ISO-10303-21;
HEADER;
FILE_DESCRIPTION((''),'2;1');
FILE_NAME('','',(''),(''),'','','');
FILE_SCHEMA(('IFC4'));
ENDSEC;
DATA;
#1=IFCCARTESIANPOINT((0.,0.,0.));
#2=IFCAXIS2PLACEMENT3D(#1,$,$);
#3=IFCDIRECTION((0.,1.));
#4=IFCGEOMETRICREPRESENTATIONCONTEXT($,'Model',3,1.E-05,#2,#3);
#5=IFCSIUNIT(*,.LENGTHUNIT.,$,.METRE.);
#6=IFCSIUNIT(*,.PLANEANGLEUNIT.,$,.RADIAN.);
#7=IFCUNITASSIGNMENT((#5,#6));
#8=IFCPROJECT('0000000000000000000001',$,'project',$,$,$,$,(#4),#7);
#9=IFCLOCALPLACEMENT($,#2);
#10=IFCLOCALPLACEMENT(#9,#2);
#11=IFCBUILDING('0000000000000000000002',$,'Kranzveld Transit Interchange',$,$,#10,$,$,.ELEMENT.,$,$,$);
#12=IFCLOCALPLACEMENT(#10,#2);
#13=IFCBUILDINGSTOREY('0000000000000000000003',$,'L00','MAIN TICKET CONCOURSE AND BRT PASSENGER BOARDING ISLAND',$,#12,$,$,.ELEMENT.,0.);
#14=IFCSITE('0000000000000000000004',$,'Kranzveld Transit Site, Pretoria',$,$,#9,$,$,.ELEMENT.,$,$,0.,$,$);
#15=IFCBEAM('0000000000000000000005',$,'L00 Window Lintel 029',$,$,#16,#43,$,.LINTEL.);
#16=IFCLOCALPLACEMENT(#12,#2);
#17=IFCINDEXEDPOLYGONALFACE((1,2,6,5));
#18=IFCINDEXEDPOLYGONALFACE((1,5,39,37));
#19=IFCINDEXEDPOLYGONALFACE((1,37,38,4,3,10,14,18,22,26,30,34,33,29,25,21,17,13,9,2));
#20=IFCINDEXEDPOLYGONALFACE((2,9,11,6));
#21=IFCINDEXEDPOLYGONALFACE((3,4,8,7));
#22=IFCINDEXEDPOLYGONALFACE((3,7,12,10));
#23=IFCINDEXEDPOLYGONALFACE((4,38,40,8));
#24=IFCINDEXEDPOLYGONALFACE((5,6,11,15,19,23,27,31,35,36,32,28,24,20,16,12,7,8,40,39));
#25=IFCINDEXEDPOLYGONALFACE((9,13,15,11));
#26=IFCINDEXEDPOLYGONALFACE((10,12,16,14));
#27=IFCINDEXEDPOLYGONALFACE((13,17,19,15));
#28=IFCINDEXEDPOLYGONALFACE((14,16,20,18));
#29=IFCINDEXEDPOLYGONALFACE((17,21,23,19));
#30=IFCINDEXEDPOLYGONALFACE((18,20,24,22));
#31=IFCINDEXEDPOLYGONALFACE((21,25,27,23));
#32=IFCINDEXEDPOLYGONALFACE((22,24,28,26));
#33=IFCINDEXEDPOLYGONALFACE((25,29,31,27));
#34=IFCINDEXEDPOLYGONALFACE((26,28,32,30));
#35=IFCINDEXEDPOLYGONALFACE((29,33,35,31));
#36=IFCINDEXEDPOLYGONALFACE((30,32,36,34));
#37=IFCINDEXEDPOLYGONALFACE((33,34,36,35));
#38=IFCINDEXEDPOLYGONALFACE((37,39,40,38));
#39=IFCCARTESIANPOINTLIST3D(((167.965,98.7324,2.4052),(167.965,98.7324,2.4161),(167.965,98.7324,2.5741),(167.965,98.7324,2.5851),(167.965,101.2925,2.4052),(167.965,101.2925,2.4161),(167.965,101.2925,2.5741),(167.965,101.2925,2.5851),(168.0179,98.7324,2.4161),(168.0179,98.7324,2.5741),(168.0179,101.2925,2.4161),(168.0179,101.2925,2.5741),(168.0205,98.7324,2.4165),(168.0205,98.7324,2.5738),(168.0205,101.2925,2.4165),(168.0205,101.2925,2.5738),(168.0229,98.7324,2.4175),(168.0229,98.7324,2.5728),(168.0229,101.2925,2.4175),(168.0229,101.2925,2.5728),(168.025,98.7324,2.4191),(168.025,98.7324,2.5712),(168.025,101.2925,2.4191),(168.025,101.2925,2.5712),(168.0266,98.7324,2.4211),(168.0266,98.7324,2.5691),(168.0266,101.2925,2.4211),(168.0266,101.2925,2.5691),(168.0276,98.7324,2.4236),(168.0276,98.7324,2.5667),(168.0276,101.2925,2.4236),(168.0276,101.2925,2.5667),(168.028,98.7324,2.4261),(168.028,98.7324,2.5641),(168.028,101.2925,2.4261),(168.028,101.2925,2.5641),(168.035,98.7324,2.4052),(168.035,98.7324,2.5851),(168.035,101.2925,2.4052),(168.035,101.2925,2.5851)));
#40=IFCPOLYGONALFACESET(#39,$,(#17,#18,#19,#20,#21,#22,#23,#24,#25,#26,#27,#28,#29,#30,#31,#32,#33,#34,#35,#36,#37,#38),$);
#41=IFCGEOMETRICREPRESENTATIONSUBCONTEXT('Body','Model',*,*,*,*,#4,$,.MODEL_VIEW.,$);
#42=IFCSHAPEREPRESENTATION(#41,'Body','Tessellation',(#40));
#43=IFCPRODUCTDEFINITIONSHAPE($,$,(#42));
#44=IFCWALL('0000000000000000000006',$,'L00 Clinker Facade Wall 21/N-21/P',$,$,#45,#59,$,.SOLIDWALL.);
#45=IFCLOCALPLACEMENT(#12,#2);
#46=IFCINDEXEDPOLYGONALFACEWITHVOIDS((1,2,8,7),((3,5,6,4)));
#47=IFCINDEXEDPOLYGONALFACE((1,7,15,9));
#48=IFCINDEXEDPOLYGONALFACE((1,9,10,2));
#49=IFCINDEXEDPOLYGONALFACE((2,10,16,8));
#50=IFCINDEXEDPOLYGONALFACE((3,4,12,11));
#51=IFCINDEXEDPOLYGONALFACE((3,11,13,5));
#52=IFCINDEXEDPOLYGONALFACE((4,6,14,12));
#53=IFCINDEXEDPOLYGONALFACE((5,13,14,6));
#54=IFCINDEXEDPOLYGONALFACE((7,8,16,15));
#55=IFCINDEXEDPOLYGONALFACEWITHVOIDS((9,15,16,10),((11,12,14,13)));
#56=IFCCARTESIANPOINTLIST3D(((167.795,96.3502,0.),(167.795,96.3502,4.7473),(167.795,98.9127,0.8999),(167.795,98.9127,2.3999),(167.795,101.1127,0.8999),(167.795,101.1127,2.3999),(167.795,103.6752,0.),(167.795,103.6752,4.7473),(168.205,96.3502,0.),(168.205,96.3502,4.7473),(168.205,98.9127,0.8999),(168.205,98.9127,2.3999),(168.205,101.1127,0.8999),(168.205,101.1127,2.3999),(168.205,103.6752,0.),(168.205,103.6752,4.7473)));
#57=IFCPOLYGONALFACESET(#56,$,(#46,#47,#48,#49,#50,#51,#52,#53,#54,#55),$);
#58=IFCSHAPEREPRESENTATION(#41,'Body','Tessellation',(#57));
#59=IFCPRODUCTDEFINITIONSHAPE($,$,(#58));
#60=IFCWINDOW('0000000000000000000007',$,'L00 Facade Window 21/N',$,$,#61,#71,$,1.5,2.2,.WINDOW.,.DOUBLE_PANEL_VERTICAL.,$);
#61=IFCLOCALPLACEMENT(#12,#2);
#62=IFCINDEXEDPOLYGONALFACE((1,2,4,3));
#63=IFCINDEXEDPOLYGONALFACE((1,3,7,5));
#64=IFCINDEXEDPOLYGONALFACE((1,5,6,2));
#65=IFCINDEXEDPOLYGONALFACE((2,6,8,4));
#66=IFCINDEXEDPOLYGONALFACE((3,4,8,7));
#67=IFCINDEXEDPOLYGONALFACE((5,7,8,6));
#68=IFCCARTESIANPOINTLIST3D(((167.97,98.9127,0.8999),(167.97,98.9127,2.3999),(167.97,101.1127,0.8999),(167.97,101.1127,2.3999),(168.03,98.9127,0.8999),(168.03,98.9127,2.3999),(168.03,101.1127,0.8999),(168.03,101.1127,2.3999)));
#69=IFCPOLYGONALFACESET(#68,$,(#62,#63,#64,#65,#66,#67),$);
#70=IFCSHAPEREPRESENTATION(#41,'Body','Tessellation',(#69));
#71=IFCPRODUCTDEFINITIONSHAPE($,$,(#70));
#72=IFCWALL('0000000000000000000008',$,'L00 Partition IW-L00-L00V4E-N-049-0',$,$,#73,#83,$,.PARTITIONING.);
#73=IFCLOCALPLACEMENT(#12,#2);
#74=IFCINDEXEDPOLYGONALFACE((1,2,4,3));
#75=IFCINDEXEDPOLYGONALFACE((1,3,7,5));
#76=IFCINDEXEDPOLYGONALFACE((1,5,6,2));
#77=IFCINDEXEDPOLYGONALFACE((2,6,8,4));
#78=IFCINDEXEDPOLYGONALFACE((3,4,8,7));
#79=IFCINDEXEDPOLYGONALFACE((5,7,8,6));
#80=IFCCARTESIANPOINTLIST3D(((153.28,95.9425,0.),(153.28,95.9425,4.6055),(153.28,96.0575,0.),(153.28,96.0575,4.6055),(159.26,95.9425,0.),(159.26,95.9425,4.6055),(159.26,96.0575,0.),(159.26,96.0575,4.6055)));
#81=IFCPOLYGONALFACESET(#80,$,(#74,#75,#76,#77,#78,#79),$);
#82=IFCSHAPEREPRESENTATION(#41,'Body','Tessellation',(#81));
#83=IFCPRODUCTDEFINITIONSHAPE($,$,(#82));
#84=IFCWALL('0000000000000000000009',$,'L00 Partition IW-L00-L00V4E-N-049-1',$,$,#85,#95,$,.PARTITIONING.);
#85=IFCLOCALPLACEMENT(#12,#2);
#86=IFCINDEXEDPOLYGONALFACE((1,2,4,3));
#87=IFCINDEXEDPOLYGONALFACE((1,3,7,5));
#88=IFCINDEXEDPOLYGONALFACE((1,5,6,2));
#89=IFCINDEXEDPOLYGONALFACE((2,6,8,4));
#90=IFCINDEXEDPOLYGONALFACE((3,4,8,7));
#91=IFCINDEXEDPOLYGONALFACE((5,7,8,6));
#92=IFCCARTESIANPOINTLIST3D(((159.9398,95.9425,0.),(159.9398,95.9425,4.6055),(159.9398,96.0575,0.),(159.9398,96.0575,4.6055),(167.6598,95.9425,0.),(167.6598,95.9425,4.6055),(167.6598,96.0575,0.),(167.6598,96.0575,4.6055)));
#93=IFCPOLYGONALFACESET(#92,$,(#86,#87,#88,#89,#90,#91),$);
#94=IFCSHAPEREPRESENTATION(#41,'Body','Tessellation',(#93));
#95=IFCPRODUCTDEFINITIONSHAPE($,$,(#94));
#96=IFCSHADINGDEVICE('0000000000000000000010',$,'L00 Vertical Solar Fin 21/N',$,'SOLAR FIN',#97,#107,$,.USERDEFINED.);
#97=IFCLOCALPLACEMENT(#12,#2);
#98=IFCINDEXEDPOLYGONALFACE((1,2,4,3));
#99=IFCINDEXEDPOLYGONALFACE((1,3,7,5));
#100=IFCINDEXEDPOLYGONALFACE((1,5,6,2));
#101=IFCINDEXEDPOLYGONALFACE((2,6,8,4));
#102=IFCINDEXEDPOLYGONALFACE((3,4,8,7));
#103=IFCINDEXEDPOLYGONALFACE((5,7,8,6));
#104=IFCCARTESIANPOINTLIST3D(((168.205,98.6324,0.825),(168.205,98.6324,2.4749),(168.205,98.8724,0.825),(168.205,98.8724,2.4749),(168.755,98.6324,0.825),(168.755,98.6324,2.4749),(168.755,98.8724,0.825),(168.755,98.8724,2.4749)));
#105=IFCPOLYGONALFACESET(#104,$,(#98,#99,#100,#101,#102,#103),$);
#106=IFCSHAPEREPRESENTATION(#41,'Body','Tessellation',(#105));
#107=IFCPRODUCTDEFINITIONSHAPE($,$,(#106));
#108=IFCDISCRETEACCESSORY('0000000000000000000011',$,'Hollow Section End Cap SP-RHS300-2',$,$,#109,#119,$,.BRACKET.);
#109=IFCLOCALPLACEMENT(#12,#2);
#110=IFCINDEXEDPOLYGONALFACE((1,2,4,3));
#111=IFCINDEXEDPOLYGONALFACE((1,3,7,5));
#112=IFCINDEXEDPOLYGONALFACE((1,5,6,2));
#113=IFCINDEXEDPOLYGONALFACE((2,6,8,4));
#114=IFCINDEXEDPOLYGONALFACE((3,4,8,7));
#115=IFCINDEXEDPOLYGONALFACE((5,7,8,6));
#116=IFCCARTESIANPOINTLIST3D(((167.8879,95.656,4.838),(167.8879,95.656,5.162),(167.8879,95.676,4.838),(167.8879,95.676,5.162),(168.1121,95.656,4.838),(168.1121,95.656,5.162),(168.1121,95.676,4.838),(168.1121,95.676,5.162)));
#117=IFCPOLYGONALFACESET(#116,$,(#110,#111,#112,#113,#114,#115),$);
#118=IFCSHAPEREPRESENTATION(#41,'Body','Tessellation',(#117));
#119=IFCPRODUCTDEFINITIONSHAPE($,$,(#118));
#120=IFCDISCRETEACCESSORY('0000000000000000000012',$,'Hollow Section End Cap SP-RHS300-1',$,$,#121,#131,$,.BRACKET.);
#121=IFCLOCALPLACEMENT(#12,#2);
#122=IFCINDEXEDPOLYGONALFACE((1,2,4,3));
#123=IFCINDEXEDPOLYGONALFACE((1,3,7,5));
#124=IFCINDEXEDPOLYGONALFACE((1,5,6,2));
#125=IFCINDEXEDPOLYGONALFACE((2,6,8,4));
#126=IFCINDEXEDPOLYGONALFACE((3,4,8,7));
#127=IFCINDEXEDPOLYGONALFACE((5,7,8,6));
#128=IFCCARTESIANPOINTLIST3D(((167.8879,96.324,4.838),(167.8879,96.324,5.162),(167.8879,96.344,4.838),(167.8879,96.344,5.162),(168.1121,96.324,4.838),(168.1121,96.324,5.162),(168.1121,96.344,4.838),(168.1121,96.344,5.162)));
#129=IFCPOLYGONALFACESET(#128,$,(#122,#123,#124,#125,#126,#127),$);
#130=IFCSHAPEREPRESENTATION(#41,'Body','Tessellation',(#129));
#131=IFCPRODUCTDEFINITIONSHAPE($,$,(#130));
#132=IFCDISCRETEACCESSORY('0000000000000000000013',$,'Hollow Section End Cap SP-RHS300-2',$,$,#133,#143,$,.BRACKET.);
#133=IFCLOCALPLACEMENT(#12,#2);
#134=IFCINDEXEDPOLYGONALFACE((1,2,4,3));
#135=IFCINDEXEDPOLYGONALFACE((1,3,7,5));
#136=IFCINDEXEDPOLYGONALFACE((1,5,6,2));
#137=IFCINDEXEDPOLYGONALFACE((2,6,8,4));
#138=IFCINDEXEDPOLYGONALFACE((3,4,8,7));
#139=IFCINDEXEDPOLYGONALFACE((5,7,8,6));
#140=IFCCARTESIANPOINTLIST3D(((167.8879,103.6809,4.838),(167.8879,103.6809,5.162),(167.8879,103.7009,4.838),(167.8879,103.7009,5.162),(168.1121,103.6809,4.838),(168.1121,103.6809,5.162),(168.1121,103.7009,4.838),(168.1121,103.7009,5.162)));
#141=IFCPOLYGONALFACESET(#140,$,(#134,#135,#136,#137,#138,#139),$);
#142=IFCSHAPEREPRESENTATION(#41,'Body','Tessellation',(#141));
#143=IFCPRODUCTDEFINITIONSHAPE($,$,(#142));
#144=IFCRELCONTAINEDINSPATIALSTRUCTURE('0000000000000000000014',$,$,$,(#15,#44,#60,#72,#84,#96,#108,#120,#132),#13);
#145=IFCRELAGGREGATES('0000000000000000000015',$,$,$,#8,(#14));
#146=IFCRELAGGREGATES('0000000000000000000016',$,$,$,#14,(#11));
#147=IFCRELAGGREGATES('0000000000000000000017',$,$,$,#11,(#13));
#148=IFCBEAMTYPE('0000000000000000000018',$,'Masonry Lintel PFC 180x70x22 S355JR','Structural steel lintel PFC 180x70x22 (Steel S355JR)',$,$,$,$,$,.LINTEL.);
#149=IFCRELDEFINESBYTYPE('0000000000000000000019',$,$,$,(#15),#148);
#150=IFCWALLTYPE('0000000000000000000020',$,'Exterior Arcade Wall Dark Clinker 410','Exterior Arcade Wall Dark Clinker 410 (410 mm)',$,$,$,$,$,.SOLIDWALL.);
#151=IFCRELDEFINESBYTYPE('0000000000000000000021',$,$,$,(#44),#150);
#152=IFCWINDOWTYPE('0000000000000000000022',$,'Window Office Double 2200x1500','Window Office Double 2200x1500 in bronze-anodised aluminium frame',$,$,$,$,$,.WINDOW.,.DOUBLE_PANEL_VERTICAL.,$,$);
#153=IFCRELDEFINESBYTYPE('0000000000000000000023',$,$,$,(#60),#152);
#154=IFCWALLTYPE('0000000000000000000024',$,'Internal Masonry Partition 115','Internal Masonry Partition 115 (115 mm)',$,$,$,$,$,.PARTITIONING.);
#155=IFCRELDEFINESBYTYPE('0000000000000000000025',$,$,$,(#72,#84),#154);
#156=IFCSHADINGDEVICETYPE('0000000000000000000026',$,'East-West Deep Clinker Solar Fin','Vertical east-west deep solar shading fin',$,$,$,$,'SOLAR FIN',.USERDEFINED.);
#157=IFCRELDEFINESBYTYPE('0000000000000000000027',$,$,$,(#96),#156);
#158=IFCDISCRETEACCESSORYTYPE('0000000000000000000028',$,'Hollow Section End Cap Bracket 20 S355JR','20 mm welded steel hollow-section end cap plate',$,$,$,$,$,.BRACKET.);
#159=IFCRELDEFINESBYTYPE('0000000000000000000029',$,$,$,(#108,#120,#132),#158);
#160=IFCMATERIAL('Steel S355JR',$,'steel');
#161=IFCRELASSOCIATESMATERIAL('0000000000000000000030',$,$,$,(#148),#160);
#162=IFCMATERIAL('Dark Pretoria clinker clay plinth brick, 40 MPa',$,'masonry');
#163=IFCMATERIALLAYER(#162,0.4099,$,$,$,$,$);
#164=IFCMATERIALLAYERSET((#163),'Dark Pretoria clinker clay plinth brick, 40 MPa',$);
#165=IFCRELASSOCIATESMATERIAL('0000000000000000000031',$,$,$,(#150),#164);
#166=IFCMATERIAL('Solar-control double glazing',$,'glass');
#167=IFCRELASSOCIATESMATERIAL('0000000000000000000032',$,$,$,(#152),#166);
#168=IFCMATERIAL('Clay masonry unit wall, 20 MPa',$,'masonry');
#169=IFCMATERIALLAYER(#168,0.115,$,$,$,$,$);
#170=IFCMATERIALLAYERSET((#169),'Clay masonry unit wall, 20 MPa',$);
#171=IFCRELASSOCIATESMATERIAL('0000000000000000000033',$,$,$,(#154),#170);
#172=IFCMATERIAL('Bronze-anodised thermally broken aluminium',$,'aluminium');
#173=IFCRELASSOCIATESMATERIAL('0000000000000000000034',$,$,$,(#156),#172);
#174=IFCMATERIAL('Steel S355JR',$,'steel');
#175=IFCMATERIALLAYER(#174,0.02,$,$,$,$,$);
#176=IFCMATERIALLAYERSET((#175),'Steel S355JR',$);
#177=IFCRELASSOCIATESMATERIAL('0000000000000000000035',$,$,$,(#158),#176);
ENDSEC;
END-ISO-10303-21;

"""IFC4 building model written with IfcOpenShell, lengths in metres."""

from ifc_helpers import new_model, si_unit, direction, frame, frame_2d, origin, origin_2d, place, context, subcontext, project, spatial, rectangle, u_section, extrude, material, layer, layer_set, material_profile, profile_set, type_object, element, fill, save


model = new_model("IFC4")

# Units and contexts
model_context = context("Model", 3, precision=1e-05, world=origin(), true_north=direction((0.0, 1.0)))
body_context = subcontext(model_context, "Body", "Model", "MODEL_VIEW")
ifc_project = project(units=[si_unit("LENGTHUNIT", "METRE"), si_unit("PLANEANGLEUNIT", "RADIAN")], contexts=[model_context])

# Site, building, storey
site_placement = place(None, origin())
site = spatial("IfcSite", under=ifc_project, at=site_placement, Name="Kranzveld Transit Site, Pretoria", CompositionType="ELEMENT", RefElevation=0.0)
building_placement = place(site_placement, origin())
building = spatial("IfcBuilding", under=site, at=building_placement, Name="Kranzveld Transit Interchange", CompositionType="ELEMENT")
storey_placement = place(building_placement, origin())
storey = spatial("IfcBuildingStorey", under=building, at=storey_placement, Name="L00", Description="MAIN TICKET CONCOURSE AND BRT PASSENGER BOARDING ISLAND", CompositionType="ELEMENT", Elevation=0.0)

# Beam
ifc_material_1 = material(Name="Steel S355JR", Category="steel")
ifc_material_profile_1 = material_profile(ifc_material_1, u_section(Depth=0.1799, FlangeWidth=0.0701, WebThickness=0.0071, FlangeThickness=0.011, FilletRadius=0.01, at=origin_2d()), Name="PFC 180x70x22")
ifc_profile_set_1 = profile_set([ifc_material_profile_1], Name="Steel S355JR")
beam_type_1 = type_object("IfcBeamType", Name="Masonry Lintel PFC 180x70x22 S355JR", Description="Structural steel lintel PFC 180x70x22 (Steel S355JR)", PredefinedType="LINTEL", material=ifc_profile_set_1)
beam_1_placement = place(storey_placement, frame((168.0, 98.7324, 2.4951), z_axis=(0.0, 1.0, 0.0), x_axis=(-1.0, 0.0, 0.0)))
element("IfcBeam", 1, at=beam_1_placement, inside=storey, type_object=beam_type_1, Name="L00 Window Lintel 029", PredefinedType="LINTEL", context=body_context, shape_type="SweptSolid", body=[
    extrude(u_section(Depth=0.1799, FlangeWidth=0.0701, WebThickness=0.0071, FlangeThickness=0.011, FilletRadius=0.01, at=origin_2d()), origin(), (0.0, 0.0, 1.0), 2.5601),
])

# Wall, opening, window
ifc_material_2 = material(Name="Dark Pretoria clinker clay plinth brick, 40 MPa", Category="masonry")
ifc_layer_1 = layer(ifc_material_2, 0.4099)
ifc_layer_set_1 = layer_set([ifc_layer_1], Name="Dark Pretoria clinker clay plinth brick, 40 MPa")
wall_type_1 = type_object("IfcWallType", Name="Exterior Arcade Wall Dark Clinker 410", Description="Exterior Arcade Wall Dark Clinker 410 (410 mm)", PredefinedType="SOLIDWALL", material=ifc_layer_set_1)
wall_1_placement = place(storey_placement, frame((168.0, 96.3501, 0.0), z_axis=(0.0, 0.0, 1.0), x_axis=(0.0, 1.0, 0.0)))
wall_1 = element("IfcWall", 2, at=wall_1_placement, inside=storey, type_object=wall_type_1, Name="L00 Clinker Facade Wall 21/N-21/P", PredefinedType="SOLIDWALL", context=body_context, shape_type="SweptSolid", body=[
    extrude(rectangle(XDim=7.325, YDim=0.4099, at=frame_2d((3.6626, 0.0))), origin(), (0.0, 0.0, 1.0), 4.7473),
])
opening_placement = place(wall_1_placement, frame((2.5625, 0.0, 0.8999), z_axis=(0.0, 0.0, 1.0), x_axis=(1.0, 0.0, 0.0)))
opening = element("IfcOpeningElement", 3, at=opening_placement, cuts=wall_1, PredefinedType="OPENING", context=body_context, shape_type="SweptSolid", body=[
    extrude(rectangle(XDim=2.2, YDim=1.5, at=frame_2d((1.1001, 0.75))), frame((0.0, 0.2148, 0.0), z_axis=(0.0, -1.0, 0.0), x_axis=(1.0, 0.0, 0.0)), (0.0, 0.0, 1.0), 0.4299),
])
ifc_material_3 = material(Name="Solar-control double glazing", Category="glass")
window_type = type_object("IfcWindowType", Name="Window Office Double 2200x1500", Description="Window Office Double 2200x1500 in bronze-anodised aluminium frame", PartitioningType="DOUBLE_PANEL_VERTICAL", PredefinedType="WINDOW", material=ifc_material_3)
window_placement = place(opening_placement, origin())
window = element("IfcWindow", 4, at=window_placement, inside=storey, type_object=window_type, Name="L00 Facade Window 21/N", OverallHeight=1.5, OverallWidth=2.2, PartitioningType="DOUBLE_PANEL_VERTICAL", PredefinedType="WINDOW", context=body_context, shape_type="SweptSolid", body=[
    extrude(rectangle(XDim=2.2, YDim=1.5, at=frame_2d((1.1001, 0.75))), frame((0.0, 0.03, 0.0), z_axis=(0.0, -1.0, 0.0), x_axis=(1.0, 0.0, 0.0)), (0.0, 0.0, 1.0), 0.0601),
])
fill(opening, window)

# Walls
ifc_material_4 = material(Name="Clay masonry unit wall, 20 MPa", Category="masonry")
ifc_layer_2 = layer(ifc_material_4, 0.115)
ifc_layer_set_2 = layer_set([ifc_layer_2], Name="Clay masonry unit wall, 20 MPa")
wall_type_2 = type_object("IfcWallType", Name="Internal Masonry Partition 115", Description="Internal Masonry Partition 115 (115 mm)", PredefinedType="PARTITIONING", material=ifc_layer_set_2)
wall_2_placement = place(storey_placement, frame((153.28, 96.0, 0.0), z_axis=(0.0, 0.0, 1.0), x_axis=(1.0, 0.0, 0.0)))
element("IfcWall", 5, at=wall_2_placement, inside=storey, type_object=wall_type_2, Name="L00 Partition IW-L00-L00V4E-N-049-0", PredefinedType="PARTITIONING", context=body_context, shape_type="SweptSolid", body=[
    extrude(rectangle(XDim=5.98, YDim=0.115, at=frame_2d((2.99, 0.0))), origin(), (0.0, 0.0, 1.0), 4.6055),
])
wall_3_placement = place(storey_placement, frame((159.9399, 96.0, 0.0), z_axis=(0.0, 0.0, 1.0), x_axis=(1.0, 0.0, 0.0)))
element("IfcWall", 6, at=wall_3_placement, inside=storey, type_object=wall_type_2, Name="L00 Partition IW-L00-L00V4E-N-049-1", PredefinedType="PARTITIONING", context=body_context, shape_type="SweptSolid", body=[
    extrude(rectangle(XDim=7.72, YDim=0.115, at=frame_2d((3.8599, 0.0))), origin(), (0.0, 0.0, 1.0), 4.6055),
])

# Shading device
ifc_material_5 = material(Name="Bronze-anodised thermally broken aluminium", Category="aluminium")
shading_device_type = type_object("IfcShadingDeviceType", Name="East-West Deep Clinker Solar Fin", Description="Vertical east-west deep solar shading fin", ElementType="SOLAR FIN", PredefinedType="USERDEFINED", material=ifc_material_5)
shading_device_placement = place(storey_placement, frame((168.48, 98.7524, 0.825), z_axis=(0.0, 0.0, 1.0), x_axis=(0.0, 1.0, 0.0)))
element("IfcShadingDevice", 7, at=shading_device_placement, inside=storey, type_object=shading_device_type, Name="L00 Vertical Solar Fin 21/N", ObjectType="SOLAR FIN", PredefinedType="USERDEFINED", context=body_context, shape_type="SweptSolid", body=[
    extrude(rectangle(XDim=0.24, YDim=0.55, at=origin_2d()), origin(), (0.0, 0.0, 1.0), 1.6499),
])

# Discrete accessories
ifc_material_6 = material(Name="Steel S355JR", Category="steel")
ifc_layer_3 = layer(ifc_material_6, 0.02)
ifc_layer_set_3 = layer_set([ifc_layer_3], Name="Steel S355JR")
discrete_accessory_type = type_object("IfcDiscreteAccessoryType", Name="Hollow Section End Cap Bracket 20 S355JR", Description="20 mm welded steel hollow-section end cap plate", PredefinedType="BRACKET", material=ifc_layer_set_3)
for number, where, z_axis, x_axis, name in (
    (8, (168.0, 95.656, 5.0), (0.0, 1.0, 0.0), (-1.0, 0.0, 0.0), "Hollow Section End Cap SP-RHS300-2"),
    (9, (168.0, 96.344, 5.0), (0.0, -1.0, 0.0), (1.0, 0.0, 0.0), "Hollow Section End Cap SP-RHS300-1"),
    (10, (168.0, 103.6809, 5.0), (0.0, 1.0, 0.0), (-1.0, 0.0, 0.0), "Hollow Section End Cap SP-RHS300-2"),
):
    element("IfcDiscreteAccessory", number, at=place(storey_placement, frame(where, z_axis=z_axis, x_axis=x_axis)), inside=storey, type_object=discrete_accessory_type, Name=name, PredefinedType="BRACKET", context=body_context, shape_type="SweptSolid", body=[
        extrude(rectangle(XDim=0.2241, YDim=0.324, at=origin_2d()), origin(), (0.0, 0.0, 1.0), 0.02),
    ])

save(model, "model.ifc")
